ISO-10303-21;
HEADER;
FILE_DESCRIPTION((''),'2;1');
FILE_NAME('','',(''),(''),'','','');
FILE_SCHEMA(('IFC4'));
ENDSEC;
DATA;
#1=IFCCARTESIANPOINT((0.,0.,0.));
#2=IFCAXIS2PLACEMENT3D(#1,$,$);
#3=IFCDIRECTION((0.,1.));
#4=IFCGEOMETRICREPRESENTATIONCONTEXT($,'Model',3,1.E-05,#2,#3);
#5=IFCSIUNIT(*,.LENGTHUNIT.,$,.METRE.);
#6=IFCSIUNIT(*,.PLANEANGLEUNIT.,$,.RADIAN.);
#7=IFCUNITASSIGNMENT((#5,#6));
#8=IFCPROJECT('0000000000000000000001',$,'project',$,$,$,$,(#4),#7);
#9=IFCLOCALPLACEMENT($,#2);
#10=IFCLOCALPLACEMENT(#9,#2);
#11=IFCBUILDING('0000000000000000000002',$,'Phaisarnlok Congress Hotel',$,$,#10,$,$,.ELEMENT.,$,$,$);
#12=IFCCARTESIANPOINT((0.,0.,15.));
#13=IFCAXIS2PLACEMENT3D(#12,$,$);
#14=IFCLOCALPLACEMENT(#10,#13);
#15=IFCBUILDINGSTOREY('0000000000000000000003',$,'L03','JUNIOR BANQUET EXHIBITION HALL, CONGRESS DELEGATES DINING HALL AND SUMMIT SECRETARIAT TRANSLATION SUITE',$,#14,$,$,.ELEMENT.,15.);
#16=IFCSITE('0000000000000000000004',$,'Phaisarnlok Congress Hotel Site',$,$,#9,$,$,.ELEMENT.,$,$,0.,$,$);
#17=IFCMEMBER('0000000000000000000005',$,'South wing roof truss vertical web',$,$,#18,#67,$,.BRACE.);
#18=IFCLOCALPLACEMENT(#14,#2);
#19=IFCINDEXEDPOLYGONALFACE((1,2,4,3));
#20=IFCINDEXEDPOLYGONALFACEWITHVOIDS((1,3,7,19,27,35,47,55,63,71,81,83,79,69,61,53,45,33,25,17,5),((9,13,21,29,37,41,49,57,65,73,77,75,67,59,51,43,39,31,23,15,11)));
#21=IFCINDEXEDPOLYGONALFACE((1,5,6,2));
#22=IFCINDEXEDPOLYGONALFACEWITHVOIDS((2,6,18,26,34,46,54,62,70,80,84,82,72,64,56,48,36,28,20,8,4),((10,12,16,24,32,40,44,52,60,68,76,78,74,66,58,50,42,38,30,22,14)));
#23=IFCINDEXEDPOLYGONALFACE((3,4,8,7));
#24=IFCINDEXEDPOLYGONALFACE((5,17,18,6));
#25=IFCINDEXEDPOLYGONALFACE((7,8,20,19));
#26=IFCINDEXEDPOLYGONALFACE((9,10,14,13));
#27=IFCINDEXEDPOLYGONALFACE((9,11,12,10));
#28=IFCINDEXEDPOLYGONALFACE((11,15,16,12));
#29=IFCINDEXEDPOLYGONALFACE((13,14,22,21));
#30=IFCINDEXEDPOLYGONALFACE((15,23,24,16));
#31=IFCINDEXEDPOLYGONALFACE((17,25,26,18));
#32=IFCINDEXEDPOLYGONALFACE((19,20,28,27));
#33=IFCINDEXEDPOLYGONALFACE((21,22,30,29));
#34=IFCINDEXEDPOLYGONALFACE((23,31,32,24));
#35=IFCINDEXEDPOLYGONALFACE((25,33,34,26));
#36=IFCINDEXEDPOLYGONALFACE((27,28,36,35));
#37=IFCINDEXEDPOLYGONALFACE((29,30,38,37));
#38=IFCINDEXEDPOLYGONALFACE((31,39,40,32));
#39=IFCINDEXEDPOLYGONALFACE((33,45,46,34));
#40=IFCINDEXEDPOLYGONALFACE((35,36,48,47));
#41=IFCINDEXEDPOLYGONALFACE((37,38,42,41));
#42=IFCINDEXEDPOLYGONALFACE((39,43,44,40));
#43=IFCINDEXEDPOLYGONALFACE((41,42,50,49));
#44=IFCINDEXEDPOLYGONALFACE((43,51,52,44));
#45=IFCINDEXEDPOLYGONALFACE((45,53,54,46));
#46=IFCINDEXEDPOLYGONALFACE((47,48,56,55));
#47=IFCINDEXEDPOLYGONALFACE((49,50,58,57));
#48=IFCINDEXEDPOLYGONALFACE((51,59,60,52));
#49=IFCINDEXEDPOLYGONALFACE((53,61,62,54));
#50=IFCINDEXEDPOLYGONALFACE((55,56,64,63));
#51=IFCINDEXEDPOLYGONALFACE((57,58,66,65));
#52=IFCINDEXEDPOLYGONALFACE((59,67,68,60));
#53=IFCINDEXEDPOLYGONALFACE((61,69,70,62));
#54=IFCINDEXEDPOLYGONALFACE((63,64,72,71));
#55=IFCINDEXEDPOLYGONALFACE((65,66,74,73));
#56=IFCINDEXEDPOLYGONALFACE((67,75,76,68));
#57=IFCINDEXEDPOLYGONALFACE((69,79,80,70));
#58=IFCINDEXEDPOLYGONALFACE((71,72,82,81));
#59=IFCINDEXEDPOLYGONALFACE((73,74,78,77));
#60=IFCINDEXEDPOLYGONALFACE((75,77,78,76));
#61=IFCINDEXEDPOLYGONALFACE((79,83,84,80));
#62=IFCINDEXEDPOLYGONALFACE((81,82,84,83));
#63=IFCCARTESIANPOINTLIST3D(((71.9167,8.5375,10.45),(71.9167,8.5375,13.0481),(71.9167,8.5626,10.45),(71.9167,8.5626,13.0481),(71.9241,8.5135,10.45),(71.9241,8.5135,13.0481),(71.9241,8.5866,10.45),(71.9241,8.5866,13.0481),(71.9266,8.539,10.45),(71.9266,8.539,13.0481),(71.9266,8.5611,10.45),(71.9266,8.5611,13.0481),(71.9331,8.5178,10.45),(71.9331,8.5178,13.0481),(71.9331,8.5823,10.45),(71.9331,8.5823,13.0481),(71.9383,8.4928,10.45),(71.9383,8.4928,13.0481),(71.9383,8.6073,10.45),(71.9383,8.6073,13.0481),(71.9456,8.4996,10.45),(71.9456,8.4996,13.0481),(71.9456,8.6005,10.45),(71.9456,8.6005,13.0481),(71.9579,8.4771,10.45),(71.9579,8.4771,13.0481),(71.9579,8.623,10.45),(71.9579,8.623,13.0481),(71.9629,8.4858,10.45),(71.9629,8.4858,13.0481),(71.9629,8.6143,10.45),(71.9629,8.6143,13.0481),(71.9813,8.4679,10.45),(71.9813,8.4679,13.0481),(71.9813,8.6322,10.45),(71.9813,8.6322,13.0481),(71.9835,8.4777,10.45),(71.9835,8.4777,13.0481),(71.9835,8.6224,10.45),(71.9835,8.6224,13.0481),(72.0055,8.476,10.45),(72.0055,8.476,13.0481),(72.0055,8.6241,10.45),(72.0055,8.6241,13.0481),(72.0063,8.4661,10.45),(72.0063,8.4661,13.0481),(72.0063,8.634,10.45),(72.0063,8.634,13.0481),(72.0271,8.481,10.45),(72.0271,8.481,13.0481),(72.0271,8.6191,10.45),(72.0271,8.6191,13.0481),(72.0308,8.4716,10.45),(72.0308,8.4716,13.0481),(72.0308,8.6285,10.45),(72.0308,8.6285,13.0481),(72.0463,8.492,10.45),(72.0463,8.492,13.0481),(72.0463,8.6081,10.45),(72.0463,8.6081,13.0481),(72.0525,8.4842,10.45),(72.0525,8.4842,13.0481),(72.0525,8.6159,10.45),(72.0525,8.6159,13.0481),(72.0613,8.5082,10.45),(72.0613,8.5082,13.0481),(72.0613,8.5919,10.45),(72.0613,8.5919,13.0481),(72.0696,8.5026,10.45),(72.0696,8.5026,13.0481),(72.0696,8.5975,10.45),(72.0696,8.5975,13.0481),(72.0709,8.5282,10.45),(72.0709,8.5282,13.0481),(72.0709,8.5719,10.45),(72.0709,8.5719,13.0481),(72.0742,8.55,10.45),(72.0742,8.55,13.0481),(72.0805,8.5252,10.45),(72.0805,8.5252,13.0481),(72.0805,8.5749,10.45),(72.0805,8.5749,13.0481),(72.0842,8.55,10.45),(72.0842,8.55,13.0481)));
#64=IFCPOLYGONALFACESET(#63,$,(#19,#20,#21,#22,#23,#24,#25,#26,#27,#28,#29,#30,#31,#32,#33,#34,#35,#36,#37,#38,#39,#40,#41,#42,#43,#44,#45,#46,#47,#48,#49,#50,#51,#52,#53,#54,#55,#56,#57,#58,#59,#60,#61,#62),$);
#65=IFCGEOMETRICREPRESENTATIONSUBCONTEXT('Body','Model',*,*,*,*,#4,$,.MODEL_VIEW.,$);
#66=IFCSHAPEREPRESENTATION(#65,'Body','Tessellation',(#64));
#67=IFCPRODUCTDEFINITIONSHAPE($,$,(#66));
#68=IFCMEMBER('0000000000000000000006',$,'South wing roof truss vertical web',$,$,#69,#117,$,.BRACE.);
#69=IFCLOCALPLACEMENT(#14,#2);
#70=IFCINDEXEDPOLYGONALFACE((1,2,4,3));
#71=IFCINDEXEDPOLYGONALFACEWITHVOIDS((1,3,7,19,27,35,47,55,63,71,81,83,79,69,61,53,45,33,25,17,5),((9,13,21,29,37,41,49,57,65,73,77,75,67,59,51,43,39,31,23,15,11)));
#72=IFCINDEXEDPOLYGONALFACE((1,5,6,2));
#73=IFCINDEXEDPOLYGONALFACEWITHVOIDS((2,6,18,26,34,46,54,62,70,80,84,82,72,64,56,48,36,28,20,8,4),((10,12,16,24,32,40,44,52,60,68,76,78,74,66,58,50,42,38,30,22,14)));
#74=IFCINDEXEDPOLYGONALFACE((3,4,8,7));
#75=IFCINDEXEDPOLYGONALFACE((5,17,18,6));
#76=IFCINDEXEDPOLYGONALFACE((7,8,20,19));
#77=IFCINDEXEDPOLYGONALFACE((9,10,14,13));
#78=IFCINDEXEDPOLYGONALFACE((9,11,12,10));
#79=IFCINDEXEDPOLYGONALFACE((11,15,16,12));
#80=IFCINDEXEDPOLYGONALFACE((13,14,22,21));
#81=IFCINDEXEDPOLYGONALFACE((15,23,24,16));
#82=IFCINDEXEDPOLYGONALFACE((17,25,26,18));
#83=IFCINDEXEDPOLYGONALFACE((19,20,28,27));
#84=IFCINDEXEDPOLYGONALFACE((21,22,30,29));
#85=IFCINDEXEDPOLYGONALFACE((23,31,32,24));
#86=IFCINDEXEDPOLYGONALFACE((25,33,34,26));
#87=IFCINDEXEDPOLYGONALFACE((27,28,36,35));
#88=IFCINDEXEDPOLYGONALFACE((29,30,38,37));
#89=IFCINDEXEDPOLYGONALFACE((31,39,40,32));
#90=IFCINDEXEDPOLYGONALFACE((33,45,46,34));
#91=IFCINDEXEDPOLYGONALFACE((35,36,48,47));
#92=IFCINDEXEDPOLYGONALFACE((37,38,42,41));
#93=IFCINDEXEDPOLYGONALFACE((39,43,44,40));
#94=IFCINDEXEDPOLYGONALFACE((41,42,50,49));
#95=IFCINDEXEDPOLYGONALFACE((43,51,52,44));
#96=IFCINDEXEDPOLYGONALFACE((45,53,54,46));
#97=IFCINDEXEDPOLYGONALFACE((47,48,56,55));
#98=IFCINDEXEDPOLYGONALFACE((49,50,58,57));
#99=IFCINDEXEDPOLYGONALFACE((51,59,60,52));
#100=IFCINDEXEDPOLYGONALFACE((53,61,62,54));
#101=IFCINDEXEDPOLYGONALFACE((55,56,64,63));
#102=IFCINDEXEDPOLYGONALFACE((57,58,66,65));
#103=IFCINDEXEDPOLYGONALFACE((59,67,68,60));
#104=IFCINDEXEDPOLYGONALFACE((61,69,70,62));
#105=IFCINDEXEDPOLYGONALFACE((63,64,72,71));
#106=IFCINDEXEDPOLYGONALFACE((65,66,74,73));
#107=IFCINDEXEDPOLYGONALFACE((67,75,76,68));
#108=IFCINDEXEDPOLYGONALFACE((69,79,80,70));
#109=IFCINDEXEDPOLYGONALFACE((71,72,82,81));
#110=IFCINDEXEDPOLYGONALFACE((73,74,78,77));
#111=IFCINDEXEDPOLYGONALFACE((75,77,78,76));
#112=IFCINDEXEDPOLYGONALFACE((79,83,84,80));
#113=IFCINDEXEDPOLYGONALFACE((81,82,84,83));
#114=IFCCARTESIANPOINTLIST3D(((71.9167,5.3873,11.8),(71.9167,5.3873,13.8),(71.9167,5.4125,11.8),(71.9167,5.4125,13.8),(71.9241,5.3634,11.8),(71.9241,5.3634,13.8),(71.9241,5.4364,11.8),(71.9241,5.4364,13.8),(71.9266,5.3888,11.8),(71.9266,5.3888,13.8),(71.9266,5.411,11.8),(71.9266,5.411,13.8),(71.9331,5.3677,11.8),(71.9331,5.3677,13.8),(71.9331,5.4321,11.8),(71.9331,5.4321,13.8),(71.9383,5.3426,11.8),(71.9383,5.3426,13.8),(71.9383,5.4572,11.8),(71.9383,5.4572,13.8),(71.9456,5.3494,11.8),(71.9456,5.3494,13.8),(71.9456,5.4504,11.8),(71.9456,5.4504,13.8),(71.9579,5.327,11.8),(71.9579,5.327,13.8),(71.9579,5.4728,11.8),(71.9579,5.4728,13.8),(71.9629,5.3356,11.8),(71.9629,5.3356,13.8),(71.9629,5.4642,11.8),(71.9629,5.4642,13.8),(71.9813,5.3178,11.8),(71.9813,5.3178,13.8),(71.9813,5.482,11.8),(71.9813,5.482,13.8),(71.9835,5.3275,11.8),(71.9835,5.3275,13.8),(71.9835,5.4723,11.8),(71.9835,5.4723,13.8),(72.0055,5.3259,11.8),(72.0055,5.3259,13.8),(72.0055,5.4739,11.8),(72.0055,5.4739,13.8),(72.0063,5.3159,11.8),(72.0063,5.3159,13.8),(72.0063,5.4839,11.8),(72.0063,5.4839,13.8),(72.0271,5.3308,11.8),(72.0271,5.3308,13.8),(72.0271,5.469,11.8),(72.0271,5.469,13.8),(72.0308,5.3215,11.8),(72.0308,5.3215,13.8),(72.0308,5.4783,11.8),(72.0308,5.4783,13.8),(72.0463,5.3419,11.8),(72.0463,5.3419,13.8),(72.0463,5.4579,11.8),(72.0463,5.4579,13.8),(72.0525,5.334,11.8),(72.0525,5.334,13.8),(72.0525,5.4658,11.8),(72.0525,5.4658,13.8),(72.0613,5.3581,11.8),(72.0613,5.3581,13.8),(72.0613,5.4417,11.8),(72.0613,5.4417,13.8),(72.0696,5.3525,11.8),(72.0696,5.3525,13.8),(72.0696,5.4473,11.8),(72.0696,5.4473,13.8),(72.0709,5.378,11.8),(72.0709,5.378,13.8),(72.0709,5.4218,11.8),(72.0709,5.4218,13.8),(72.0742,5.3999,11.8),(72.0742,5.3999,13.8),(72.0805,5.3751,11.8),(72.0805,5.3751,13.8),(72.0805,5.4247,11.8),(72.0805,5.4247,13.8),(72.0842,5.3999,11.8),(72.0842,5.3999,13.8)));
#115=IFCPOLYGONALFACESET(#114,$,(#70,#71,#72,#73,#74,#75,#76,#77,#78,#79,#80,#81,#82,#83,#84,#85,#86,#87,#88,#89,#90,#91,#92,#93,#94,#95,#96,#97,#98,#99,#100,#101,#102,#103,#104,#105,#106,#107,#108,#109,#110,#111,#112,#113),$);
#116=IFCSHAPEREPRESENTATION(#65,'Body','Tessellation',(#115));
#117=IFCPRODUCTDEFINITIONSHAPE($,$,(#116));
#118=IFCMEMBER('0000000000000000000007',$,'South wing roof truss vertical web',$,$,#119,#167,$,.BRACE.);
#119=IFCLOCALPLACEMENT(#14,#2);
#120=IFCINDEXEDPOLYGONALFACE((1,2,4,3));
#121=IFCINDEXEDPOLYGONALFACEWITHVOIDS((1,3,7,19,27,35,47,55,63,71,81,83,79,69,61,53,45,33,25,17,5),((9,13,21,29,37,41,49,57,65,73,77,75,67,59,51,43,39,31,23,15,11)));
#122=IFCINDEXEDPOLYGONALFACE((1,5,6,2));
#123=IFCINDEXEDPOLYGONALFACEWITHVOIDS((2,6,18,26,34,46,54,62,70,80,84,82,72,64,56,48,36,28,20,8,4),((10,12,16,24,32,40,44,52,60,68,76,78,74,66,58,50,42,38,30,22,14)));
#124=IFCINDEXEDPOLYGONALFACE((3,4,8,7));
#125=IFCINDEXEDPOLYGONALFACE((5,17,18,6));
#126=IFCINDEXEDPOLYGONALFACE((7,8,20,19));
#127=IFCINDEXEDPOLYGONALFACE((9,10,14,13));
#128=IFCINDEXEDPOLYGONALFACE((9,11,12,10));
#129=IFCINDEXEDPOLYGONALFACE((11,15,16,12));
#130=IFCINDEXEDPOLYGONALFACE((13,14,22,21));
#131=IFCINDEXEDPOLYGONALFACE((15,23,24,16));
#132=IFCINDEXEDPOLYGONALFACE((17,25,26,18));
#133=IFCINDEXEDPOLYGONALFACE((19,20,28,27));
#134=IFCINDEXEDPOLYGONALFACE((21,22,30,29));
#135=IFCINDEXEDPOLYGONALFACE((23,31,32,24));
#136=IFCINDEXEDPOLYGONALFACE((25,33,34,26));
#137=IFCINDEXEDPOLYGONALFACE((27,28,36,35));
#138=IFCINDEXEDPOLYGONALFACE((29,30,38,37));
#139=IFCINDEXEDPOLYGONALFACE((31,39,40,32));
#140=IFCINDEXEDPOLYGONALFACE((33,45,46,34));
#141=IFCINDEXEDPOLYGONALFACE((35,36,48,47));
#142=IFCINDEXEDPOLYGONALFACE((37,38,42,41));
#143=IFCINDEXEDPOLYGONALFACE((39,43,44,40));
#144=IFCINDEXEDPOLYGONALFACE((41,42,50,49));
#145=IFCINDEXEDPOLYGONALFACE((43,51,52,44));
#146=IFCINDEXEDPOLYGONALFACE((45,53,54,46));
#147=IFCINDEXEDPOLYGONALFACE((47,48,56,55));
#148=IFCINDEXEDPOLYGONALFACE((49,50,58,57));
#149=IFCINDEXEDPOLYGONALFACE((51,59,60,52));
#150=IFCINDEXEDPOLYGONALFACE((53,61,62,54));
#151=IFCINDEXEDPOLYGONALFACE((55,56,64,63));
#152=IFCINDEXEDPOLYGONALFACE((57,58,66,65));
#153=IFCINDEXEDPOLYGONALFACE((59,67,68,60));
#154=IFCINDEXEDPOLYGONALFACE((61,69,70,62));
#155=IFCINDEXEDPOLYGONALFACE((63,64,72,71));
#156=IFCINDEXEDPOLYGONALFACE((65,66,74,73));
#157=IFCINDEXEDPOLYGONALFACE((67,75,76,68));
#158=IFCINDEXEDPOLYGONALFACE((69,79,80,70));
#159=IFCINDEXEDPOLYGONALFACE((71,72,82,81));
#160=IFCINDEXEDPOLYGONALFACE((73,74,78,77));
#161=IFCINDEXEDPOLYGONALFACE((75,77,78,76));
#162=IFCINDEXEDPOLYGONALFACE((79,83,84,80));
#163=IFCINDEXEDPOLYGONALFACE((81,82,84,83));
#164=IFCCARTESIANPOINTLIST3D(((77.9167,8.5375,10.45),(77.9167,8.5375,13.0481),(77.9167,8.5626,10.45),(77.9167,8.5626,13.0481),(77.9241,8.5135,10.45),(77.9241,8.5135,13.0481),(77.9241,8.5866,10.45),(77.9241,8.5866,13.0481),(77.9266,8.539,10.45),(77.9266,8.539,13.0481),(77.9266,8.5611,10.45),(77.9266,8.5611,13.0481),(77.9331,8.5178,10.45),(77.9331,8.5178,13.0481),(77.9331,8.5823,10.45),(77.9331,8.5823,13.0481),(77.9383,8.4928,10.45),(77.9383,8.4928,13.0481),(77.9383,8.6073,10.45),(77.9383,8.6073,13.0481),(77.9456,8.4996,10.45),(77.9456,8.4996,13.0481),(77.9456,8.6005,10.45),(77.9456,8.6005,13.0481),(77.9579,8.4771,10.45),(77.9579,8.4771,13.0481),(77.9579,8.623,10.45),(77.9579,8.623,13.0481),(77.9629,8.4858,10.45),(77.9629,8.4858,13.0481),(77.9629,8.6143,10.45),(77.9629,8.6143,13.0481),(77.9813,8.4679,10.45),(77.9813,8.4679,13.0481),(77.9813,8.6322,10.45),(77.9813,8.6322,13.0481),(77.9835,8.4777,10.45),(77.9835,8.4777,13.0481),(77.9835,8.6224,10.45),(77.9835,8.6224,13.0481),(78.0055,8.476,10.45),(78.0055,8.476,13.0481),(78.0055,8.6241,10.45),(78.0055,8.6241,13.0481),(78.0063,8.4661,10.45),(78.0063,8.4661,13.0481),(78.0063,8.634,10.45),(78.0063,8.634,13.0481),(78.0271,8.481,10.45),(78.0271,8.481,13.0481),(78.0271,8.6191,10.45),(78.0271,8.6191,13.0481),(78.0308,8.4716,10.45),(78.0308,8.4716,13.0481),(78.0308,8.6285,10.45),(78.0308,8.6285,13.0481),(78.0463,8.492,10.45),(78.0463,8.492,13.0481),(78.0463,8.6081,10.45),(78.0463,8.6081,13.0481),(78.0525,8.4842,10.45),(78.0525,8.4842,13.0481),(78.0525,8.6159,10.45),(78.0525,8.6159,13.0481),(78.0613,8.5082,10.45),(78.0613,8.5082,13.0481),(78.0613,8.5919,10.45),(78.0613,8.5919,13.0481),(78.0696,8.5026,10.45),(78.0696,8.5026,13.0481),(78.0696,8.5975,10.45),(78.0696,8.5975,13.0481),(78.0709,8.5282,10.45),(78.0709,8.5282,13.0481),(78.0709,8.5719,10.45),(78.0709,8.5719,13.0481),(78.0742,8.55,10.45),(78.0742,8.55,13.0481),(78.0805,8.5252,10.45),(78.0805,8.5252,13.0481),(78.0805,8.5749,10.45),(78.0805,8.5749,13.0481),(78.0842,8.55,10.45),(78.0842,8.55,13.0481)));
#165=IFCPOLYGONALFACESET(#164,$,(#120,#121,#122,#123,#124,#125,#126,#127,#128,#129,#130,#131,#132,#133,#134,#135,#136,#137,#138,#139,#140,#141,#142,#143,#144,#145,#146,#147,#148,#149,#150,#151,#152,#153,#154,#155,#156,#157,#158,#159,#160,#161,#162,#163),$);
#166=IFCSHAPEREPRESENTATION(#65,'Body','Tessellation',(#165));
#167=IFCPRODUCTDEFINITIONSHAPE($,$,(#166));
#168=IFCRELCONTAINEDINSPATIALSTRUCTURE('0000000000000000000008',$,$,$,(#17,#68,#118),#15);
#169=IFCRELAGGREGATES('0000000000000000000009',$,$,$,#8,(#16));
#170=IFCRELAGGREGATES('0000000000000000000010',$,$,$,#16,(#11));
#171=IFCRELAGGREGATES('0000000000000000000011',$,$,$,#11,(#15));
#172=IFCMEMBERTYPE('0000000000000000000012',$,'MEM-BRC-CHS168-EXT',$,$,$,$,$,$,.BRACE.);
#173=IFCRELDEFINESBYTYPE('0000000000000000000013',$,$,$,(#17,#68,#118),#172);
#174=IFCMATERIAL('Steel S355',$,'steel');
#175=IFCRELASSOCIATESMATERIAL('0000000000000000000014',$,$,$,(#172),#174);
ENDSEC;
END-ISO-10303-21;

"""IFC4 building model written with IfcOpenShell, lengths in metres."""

from ifc_helpers import new_model, si_unit, direction, frame, origin, origin_2d, place, context, subcontext, project, spatial, hollow_circle, extrude, material, material_profile, profile_set, type_object, element, save


model = new_model("IFC4")

# Units and contexts
model_context = context("Model", 3, precision=1e-05, world=origin(), true_north=direction((0.0, 1.0)))
body_context = subcontext(model_context, "Body", "Model", "MODEL_VIEW")
ifc_project = project(units=[si_unit("LENGTHUNIT", "METRE"), si_unit("PLANEANGLEUNIT", "RADIAN")], contexts=[model_context])

# Site, building, storey
site_placement = place(None, origin())
site = spatial("IfcSite", under=ifc_project, at=site_placement, Name="Phaisarnlok Congress Hotel Site", CompositionType="ELEMENT", RefElevation=0.0)
building_placement = place(site_placement, origin())
building = spatial("IfcBuilding", under=site, at=building_placement, Name="Phaisarnlok Congress Hotel", CompositionType="ELEMENT")
storey_placement = place(building_placement, frame((0.0, 0.0, 15.0)))
storey = spatial("IfcBuildingStorey", under=building, at=storey_placement, Name="L03", Description="JUNIOR BANQUET EXHIBITION HALL, CONGRESS DELEGATES DINING HALL AND SUMMIT SECRETARIAT TRANSLATION SUITE", CompositionType="ELEMENT", Elevation=15.0)

# Shared definitions
ifc_material = material(Name="Steel S355", Category="steel")

# Members
ifc_material_profile_1 = material_profile(ifc_material, hollow_circle(Radius=0.0842, WallThickness=0.01, at=origin_2d()), Name="CHS 168.3x10")
ifc_profile_set_1 = profile_set([ifc_material_profile_1], Name="Steel S355")
member_type_1 = type_object("IfcMemberType", Name="MEM-BRC-CHS168-EXT", PredefinedType="BRACE", material=ifc_profile_set_1)
member_1_placement = place(storey_placement, frame((72.0, 8.55, 10.45), z_axis=(0.0, 0.0, 1.0), x_axis=(1.0, 0.0, 0.0)))
element("IfcMember", 1, at=member_1_placement, inside=storey, type_object=member_type_1, Name="South wing roof truss vertical web", PredefinedType="BRACE", context=body_context, shape_type="SweptSolid", body=[
    extrude(hollow_circle(Radius=0.0842, WallThickness=0.01, at=origin_2d()), origin(), (0.0, 0.0, 1.0), 2.5981),
])
member_2_placement = place(storey_placement, frame((72.0, 5.3999, 11.8), z_axis=(0.0, 0.0, 1.0), x_axis=(1.0, 0.0, 0.0)))
element("IfcMember", 2, at=member_2_placement, inside=storey, type_object=member_type_1, Name="South wing roof truss vertical web", PredefinedType="BRACE", context=body_context, shape_type="SweptSolid", body=[
    extrude(hollow_circle(Radius=0.0842, WallThickness=0.01, at=origin_2d()), origin(), (0.0, 0.0, 1.0), 2.0),
])
member_3_placement = place(storey_placement, frame((78.0, 8.55, 10.45), z_axis=(0.0, 0.0, 1.0), x_axis=(1.0, 0.0, 0.0)))
element("IfcMember", 3, at=member_3_placement, inside=storey, type_object=member_type_1, Name="South wing roof truss vertical web", PredefinedType="BRACE", context=body_context, shape_type="SweptSolid", body=[
    extrude(hollow_circle(Radius=0.0842, WallThickness=0.01, at=origin_2d()), origin(), (0.0, 0.0, 1.0), 2.5981),
])

save(model, "model.ifc")
